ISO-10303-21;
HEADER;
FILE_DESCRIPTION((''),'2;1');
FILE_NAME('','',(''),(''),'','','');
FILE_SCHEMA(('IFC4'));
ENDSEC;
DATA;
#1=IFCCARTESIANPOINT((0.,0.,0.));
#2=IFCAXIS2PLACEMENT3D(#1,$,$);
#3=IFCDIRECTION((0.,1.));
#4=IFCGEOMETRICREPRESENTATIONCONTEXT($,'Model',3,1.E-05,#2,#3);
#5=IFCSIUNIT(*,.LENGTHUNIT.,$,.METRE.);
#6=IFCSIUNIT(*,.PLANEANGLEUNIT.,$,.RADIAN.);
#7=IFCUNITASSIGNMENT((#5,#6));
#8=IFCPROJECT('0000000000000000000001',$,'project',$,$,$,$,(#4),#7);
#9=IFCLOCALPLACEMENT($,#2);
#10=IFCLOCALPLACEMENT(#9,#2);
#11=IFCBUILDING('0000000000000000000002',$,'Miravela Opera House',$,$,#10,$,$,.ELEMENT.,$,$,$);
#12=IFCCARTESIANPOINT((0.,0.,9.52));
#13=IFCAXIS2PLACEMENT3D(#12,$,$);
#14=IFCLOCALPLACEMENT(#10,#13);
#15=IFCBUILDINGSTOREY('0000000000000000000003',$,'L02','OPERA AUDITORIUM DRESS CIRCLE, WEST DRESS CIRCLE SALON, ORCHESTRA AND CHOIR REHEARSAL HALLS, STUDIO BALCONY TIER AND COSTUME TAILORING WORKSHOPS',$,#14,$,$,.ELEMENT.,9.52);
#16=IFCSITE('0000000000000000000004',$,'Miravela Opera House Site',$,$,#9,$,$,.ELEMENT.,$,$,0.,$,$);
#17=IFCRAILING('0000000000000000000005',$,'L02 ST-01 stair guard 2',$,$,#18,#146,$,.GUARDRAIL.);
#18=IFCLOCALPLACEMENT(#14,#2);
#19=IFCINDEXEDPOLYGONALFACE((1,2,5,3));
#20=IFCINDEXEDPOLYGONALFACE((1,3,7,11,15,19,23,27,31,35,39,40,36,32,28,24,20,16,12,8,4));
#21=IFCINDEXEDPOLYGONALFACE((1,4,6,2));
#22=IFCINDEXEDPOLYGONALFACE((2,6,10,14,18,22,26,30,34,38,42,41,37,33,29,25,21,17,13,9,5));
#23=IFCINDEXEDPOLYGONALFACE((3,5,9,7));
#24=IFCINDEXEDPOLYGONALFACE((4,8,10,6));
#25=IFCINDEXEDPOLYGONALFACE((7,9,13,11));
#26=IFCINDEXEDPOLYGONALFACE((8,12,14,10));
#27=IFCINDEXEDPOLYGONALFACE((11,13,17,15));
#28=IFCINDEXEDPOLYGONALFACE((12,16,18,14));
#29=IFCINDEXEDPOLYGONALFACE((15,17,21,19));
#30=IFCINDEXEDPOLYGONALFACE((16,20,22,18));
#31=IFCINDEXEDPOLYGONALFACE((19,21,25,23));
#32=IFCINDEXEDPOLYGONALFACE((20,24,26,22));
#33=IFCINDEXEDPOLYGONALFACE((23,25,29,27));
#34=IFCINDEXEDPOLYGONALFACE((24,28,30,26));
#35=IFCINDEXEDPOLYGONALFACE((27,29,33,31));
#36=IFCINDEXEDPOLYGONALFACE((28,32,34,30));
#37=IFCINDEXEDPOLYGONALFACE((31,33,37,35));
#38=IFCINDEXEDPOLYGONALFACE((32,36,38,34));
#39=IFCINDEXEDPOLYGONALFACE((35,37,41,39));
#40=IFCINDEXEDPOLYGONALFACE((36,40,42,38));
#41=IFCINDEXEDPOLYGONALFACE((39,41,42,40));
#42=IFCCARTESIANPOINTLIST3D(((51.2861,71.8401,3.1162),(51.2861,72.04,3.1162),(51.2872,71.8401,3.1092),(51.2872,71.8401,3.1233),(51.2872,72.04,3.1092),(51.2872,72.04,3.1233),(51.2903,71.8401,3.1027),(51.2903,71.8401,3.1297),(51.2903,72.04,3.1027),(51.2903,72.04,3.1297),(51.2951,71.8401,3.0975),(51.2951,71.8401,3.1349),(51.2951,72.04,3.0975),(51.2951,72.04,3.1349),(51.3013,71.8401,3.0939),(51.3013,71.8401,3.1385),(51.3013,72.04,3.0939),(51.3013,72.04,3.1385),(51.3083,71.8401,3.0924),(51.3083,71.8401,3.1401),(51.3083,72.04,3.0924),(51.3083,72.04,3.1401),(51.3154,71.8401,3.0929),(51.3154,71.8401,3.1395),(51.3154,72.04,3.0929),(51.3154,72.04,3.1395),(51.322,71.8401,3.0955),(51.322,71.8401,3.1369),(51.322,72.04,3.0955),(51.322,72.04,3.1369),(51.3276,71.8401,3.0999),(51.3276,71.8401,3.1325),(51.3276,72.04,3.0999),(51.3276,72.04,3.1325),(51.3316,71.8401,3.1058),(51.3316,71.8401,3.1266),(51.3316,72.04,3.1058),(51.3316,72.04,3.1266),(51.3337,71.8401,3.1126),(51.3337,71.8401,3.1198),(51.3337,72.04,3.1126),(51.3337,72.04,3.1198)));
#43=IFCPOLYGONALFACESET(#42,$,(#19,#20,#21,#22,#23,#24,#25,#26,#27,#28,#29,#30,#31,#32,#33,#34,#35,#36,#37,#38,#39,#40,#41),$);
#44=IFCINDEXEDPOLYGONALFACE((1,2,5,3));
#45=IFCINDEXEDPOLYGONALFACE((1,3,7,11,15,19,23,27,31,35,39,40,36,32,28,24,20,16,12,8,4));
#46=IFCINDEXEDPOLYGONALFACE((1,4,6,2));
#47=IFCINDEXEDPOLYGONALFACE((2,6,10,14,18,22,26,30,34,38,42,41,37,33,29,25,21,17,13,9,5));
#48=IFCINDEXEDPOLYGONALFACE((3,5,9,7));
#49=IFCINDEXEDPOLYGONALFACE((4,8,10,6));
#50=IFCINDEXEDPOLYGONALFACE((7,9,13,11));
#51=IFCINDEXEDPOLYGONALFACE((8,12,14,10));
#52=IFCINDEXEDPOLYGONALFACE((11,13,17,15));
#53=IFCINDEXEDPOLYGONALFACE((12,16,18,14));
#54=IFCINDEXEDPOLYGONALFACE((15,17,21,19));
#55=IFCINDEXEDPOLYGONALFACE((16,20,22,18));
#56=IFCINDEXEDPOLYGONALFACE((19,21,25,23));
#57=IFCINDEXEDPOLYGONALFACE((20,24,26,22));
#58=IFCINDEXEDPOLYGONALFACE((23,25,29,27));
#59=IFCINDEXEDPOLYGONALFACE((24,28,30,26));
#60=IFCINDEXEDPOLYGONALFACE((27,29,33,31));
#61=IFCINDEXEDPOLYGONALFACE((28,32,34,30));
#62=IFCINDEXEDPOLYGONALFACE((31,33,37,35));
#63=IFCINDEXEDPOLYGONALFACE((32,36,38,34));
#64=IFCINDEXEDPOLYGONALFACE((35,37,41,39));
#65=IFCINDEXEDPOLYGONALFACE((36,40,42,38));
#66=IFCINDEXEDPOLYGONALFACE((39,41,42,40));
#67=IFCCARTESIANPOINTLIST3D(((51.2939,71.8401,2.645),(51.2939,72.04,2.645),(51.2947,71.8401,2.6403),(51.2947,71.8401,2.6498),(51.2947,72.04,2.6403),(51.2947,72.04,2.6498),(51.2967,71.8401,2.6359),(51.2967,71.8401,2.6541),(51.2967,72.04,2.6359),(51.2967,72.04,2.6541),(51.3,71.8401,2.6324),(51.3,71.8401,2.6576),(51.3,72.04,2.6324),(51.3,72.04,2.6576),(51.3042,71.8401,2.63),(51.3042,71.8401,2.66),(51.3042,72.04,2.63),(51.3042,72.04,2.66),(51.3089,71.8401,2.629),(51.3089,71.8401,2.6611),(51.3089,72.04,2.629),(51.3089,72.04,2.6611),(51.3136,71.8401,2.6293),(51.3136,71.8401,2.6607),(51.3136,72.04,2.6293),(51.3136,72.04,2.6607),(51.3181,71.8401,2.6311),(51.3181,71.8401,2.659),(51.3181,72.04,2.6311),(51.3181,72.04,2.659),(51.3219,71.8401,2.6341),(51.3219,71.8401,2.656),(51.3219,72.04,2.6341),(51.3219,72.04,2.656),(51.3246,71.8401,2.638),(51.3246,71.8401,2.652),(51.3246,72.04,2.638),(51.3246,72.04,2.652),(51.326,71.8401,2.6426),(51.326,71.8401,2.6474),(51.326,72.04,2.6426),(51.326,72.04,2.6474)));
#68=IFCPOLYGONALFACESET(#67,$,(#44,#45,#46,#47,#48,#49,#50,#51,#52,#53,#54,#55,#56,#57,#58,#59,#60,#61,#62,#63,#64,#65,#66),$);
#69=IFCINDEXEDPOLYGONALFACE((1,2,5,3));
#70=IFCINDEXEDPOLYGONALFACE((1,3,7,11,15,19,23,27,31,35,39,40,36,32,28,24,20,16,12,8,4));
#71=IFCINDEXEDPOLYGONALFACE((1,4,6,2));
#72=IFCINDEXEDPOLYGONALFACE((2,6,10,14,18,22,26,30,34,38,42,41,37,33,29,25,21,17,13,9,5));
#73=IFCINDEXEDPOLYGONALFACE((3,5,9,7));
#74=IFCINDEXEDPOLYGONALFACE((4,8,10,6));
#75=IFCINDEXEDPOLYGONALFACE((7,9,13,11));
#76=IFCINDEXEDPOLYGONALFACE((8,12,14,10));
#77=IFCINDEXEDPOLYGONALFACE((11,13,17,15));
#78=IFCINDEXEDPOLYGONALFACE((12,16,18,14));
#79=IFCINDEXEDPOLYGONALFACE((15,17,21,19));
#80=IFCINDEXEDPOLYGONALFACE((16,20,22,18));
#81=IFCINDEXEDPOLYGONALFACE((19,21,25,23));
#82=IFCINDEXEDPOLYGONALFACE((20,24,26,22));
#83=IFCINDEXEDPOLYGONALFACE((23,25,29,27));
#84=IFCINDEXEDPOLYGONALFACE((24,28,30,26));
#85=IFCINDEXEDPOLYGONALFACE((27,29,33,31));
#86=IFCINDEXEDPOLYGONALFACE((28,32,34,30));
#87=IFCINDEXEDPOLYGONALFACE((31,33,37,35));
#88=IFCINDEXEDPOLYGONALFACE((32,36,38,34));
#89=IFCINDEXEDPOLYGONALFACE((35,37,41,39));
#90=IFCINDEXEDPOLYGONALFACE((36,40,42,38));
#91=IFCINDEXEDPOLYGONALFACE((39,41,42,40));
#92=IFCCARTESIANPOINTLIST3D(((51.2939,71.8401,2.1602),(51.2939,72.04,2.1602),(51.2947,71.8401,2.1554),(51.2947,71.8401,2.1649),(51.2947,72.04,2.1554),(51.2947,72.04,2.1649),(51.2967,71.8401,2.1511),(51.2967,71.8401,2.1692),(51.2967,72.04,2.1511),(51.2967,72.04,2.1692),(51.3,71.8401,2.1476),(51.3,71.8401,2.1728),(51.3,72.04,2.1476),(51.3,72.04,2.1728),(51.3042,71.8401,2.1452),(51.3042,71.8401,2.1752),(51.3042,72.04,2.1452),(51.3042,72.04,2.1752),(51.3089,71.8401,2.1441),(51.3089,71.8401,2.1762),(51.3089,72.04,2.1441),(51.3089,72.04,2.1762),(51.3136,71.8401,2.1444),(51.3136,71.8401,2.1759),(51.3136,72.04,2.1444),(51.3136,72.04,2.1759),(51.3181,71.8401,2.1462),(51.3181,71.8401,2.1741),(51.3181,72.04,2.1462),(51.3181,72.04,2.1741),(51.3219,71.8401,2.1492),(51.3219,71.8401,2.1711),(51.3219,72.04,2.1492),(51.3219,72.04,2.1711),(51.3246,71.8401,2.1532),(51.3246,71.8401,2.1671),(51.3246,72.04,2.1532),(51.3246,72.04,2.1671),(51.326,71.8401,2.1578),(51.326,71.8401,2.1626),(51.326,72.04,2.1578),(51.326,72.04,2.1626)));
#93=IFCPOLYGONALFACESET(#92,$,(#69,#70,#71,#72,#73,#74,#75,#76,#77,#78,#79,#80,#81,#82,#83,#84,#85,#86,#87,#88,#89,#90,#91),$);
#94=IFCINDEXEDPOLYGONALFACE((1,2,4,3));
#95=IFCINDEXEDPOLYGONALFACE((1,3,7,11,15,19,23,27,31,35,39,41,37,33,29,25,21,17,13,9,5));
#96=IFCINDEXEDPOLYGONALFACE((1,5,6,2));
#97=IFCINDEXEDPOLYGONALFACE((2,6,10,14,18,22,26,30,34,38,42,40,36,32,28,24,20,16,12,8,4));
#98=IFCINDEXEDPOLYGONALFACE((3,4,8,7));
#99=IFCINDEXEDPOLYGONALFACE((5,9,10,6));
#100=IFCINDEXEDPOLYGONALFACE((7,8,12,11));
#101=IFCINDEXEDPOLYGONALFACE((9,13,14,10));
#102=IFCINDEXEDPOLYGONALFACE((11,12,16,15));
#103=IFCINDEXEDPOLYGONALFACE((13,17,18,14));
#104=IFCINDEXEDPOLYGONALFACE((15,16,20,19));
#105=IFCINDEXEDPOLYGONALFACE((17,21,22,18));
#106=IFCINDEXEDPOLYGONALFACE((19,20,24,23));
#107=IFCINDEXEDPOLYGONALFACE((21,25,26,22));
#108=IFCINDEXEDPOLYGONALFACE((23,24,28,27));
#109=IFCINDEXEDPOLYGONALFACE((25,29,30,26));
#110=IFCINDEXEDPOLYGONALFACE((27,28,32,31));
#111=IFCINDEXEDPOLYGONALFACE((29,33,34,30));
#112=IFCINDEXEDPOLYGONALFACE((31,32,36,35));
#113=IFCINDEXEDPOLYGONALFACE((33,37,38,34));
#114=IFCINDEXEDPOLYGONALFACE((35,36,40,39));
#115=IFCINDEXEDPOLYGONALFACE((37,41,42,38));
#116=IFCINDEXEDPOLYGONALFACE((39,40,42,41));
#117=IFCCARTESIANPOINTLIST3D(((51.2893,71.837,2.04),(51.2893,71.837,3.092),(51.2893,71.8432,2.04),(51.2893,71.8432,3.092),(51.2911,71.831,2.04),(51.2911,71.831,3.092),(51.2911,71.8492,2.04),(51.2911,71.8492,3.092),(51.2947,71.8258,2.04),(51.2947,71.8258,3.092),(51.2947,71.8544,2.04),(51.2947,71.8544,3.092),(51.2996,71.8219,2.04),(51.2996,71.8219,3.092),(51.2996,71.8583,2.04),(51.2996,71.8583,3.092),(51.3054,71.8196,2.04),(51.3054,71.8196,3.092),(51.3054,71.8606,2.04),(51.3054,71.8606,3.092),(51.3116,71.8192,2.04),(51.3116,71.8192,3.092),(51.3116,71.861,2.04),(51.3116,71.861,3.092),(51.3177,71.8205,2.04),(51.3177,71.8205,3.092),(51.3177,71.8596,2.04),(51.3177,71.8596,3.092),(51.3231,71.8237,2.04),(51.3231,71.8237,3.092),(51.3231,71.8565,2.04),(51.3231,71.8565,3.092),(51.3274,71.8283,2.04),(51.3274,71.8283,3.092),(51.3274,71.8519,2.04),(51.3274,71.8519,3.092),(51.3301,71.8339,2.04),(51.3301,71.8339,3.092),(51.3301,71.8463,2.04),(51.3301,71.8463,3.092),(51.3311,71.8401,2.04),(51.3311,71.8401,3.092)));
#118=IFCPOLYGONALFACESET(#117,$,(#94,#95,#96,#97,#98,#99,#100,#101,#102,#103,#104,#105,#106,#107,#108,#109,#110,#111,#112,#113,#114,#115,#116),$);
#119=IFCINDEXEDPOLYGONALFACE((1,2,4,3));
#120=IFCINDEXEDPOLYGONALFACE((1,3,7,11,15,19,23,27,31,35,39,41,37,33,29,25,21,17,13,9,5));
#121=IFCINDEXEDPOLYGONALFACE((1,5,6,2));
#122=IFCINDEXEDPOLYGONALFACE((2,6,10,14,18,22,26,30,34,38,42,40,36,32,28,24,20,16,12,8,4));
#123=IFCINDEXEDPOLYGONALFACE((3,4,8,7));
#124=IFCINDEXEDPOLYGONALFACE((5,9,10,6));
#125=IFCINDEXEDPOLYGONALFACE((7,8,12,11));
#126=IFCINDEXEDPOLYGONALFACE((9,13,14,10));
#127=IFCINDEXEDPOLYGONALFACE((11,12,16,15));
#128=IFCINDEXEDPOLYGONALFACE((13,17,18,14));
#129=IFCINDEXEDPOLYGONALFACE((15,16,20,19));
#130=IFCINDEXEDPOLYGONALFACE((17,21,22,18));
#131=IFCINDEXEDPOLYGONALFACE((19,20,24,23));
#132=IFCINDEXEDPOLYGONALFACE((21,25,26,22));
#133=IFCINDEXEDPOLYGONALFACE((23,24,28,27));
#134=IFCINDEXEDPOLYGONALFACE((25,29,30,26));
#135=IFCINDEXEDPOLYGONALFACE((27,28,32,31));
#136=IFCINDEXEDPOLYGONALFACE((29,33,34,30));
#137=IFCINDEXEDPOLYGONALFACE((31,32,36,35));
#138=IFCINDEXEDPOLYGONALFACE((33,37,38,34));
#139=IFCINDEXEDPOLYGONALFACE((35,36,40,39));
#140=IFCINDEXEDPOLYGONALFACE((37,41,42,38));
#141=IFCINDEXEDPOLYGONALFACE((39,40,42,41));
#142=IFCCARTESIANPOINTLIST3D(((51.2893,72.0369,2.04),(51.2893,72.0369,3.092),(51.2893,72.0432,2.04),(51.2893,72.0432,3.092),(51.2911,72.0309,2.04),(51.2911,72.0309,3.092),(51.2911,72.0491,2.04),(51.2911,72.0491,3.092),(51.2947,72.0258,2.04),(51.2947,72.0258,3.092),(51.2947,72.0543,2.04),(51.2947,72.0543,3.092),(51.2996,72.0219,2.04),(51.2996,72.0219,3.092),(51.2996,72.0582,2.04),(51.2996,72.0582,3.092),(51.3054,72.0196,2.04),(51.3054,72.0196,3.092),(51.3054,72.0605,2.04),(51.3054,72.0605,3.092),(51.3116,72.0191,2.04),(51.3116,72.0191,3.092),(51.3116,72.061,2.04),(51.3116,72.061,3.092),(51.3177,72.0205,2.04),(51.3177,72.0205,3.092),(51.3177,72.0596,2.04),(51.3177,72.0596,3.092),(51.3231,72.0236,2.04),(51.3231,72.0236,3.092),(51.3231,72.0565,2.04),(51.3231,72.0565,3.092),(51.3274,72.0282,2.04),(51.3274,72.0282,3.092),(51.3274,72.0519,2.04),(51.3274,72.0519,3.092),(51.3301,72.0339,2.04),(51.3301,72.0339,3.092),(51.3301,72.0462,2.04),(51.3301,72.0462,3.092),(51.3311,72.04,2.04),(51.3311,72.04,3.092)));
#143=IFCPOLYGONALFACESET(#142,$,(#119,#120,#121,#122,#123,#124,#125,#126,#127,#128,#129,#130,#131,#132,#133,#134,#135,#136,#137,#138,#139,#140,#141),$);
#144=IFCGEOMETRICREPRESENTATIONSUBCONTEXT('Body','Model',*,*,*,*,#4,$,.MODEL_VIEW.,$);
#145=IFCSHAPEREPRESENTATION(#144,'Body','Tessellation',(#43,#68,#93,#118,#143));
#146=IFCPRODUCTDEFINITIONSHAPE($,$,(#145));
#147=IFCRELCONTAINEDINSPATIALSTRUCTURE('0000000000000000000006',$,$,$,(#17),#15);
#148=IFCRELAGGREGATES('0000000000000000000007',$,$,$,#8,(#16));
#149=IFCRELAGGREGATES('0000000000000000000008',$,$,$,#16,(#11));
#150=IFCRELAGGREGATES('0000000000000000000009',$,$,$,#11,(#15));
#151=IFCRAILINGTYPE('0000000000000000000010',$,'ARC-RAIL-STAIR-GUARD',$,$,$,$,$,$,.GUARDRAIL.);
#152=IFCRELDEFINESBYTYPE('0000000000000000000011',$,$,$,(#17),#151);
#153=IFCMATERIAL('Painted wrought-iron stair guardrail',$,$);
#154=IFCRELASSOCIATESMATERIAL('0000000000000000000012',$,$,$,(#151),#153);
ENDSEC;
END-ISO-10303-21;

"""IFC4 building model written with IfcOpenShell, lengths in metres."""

from ifc_helpers import new_model, si_unit, direction, frame, origin, origin_2d, place, context, subcontext, project, spatial, circle, extrude, material, type_object, element, save


model = new_model("IFC4")

# Units and contexts
model_context = context("Model", 3, precision=1e-05, world=origin(), true_north=direction((0.0, 1.0)))
body_context = subcontext(model_context, "Body", "Model", "MODEL_VIEW")
ifc_project = project(units=[si_unit("LENGTHUNIT", "METRE"), si_unit("PLANEANGLEUNIT", "RADIAN")], contexts=[model_context])

# Site, building, storey
site_placement = place(None, origin())
site = spatial("IfcSite", under=ifc_project, at=site_placement, Name="Miravela Opera House Site", CompositionType="ELEMENT", RefElevation=0.0)
building_placement = place(site_placement, origin())
building = spatial("IfcBuilding", under=site, at=building_placement, Name="Miravela Opera House", CompositionType="ELEMENT")
storey_placement = place(building_placement, frame((0.0, 0.0, 9.52)))
storey = spatial("IfcBuildingStorey", under=building, at=storey_placement, Name="L02", Description="OPERA AUDITORIUM DRESS CIRCLE, WEST DRESS CIRCLE SALON, ORCHESTRA AND CHOIR REHEARSAL HALLS, STUDIO BALCONY TIER AND COSTUME TAILORING WORKSHOPS", CompositionType="ELEMENT", Elevation=9.52)

# Railing
ifc_material_1 = material(Name="Painted wrought-iron stair guardrail")
railing_type_1 = type_object("IfcRailingType", Name="ARC-RAIL-STAIR-GUARD", PredefinedType="GUARDRAIL", material=ifc_material_1)
railing_1_placement = place(storey_placement, frame((51.3101, 71.8401, 2.04)))
element("IfcRailing", 1, at=railing_1_placement, inside=storey, type_object=railing_type_1, Name="L02 ST-01 stair guard 2", PredefinedType="GUARDRAIL", context=body_context, shape_type="SweptSolid", body=[
    extrude(circle(Radius=0.0239, at=origin_2d()), frame((0.0, 0.0, 1.0762), z_axis=(0.0, 1.0, 0.0), x_axis=(-1.0, 0.0, 0.0)), (0.0, 0.0, 1.0), 0.2),
    extrude(circle(Radius=0.0161, at=origin_2d()), frame((0.0, 0.0, 0.605), z_axis=(0.0, 1.0, 0.0), x_axis=(-1.0, 0.0, 0.0)), (0.0, 0.0, 1.0), 0.2),
    extrude(circle(Radius=0.0161, at=origin_2d()), frame((0.0, 0.0, 0.1201), z_axis=(0.0, 1.0, 0.0), x_axis=(-1.0, 0.0, 0.0)), (0.0, 0.0, 1.0), 0.2),
    extrude(circle(Radius=0.021, at=origin_2d()), origin(), (0.0, 0.0, 1.0), 1.052),
    extrude(circle(Radius=0.021, at=origin_2d()), frame((0.0, 0.2, 0.0)), (0.0, 0.0, 1.0), 1.052),
])

save(model, "model.ifc")
